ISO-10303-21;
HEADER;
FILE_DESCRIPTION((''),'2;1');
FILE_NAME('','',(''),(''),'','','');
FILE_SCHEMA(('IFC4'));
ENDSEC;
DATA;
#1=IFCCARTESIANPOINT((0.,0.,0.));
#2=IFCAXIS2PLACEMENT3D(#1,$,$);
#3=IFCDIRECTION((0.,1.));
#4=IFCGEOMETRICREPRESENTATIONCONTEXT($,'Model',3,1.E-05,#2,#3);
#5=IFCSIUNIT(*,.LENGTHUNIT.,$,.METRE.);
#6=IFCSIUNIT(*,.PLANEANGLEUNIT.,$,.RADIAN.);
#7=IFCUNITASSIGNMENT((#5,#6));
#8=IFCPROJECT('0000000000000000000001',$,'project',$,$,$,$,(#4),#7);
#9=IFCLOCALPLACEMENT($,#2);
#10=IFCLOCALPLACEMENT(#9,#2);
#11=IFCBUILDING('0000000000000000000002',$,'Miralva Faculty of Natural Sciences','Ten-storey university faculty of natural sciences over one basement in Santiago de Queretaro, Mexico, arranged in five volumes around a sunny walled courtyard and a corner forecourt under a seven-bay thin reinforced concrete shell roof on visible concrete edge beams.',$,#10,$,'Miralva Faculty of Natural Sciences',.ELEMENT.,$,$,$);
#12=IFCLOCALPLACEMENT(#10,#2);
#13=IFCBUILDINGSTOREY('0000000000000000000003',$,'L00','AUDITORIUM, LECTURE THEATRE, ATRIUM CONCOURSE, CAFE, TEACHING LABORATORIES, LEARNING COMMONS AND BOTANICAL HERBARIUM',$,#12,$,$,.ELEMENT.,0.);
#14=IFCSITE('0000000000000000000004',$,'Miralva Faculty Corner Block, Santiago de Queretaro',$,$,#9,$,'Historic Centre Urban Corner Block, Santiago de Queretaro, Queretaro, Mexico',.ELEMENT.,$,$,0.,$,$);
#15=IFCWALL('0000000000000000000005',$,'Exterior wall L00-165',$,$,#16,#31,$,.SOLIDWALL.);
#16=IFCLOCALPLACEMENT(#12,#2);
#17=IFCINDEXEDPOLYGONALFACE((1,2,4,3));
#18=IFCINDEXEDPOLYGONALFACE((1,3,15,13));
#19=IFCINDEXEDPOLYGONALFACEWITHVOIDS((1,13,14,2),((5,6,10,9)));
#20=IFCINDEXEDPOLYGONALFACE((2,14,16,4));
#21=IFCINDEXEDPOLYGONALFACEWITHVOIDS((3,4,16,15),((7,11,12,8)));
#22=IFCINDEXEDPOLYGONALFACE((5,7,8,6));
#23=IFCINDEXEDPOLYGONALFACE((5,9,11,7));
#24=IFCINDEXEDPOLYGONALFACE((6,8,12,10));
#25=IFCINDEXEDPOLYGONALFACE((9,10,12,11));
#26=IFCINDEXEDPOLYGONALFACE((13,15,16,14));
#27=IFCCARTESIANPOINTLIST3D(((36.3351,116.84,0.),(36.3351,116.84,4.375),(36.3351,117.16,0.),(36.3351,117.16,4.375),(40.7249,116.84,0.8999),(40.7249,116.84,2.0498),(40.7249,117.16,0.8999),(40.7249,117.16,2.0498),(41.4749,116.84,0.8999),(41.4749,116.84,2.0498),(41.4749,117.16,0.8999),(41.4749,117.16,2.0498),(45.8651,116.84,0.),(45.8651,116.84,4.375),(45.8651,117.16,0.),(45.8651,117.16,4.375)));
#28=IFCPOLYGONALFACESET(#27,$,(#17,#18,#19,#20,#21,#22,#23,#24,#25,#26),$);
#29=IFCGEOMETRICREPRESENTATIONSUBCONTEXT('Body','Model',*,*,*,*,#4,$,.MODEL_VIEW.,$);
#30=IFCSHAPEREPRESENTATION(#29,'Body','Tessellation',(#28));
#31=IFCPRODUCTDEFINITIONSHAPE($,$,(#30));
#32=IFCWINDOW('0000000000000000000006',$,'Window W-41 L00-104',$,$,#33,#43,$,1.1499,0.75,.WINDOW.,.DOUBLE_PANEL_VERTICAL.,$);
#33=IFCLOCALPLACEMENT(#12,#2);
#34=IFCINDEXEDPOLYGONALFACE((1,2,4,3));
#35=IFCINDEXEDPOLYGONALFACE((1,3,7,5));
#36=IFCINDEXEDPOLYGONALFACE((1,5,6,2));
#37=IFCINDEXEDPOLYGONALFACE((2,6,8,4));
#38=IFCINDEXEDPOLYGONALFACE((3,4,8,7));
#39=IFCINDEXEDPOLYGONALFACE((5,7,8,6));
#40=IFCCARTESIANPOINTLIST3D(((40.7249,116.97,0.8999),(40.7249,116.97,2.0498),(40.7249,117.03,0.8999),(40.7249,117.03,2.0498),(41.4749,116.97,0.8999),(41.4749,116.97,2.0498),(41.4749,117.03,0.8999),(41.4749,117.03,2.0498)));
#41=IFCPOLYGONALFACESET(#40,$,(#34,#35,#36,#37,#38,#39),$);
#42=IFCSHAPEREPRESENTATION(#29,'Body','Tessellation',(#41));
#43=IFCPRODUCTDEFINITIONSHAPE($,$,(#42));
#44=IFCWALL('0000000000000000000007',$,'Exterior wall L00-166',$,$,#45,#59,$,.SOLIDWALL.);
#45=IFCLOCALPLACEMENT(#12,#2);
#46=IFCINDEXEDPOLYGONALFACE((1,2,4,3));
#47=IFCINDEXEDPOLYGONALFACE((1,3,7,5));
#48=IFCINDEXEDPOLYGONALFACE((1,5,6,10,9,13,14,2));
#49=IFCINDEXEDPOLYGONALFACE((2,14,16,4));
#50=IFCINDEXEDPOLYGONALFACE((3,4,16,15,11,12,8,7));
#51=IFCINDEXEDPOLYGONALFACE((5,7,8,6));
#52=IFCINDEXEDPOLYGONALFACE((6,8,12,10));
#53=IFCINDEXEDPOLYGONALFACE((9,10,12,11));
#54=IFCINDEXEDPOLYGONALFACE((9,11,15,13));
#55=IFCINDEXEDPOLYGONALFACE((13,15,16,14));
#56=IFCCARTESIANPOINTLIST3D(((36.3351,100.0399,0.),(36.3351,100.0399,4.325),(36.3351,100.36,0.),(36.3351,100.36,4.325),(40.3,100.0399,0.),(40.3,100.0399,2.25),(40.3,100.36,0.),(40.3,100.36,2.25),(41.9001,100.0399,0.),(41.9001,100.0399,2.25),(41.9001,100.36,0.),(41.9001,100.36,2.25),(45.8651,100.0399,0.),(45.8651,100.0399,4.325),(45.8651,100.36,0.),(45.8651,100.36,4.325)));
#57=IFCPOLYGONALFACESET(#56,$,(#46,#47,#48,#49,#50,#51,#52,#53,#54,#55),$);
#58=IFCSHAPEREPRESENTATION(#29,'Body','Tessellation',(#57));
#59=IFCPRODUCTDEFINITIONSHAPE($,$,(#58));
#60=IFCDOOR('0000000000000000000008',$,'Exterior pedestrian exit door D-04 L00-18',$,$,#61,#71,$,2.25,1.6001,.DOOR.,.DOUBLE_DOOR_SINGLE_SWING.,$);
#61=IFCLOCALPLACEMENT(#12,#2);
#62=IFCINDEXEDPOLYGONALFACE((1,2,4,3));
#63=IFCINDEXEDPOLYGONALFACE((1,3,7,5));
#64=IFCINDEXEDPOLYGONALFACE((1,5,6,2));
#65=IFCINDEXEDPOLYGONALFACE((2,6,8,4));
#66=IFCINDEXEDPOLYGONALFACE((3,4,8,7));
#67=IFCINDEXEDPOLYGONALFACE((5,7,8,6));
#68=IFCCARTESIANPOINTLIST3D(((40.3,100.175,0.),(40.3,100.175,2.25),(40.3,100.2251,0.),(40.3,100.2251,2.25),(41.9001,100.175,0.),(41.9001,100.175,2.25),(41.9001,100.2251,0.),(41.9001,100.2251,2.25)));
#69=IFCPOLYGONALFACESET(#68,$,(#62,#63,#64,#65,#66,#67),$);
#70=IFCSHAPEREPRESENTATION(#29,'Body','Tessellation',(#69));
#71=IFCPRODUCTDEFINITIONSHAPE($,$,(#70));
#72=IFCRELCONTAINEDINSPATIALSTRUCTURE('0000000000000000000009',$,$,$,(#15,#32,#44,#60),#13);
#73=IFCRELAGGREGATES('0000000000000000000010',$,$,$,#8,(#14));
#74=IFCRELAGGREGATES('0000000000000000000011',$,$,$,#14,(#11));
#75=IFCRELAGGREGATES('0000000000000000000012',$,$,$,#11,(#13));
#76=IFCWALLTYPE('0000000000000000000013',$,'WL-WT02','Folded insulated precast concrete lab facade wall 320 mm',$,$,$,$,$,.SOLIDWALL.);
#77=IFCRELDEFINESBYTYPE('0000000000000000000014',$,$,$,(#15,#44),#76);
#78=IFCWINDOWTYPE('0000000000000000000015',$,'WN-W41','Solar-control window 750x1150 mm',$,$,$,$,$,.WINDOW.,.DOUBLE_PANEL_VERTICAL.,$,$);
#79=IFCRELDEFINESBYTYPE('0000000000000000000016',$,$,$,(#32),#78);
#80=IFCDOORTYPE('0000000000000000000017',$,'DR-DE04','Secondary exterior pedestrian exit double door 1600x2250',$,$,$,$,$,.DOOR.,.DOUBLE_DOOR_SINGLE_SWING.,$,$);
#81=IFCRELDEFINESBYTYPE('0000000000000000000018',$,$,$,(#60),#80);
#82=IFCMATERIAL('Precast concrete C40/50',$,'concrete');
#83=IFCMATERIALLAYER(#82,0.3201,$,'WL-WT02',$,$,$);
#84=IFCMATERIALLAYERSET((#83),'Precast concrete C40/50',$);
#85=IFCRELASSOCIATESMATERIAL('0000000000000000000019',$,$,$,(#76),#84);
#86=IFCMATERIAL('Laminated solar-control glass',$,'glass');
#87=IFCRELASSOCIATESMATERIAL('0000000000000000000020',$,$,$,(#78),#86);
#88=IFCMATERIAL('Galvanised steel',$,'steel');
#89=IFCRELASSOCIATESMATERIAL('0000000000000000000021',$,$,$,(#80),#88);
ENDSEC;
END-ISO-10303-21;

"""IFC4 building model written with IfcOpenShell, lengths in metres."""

from ifc_helpers import new_model, si_unit, direction, frame, frame_2d, origin, place, context, subcontext, project, spatial, rectangle, extrude, material, layer, layer_set, type_object, element, fill, save


model = new_model("IFC4")

# Units and contexts
model_context = context("Model", 3, precision=1e-05, world=origin(), true_north=direction((0.0, 1.0)))
body_context = subcontext(model_context, "Body", "Model", "MODEL_VIEW")
ifc_project = project(units=[si_unit("LENGTHUNIT", "METRE"), si_unit("PLANEANGLEUNIT", "RADIAN")], contexts=[model_context])

# Site, building, storey
site_placement = place(None, origin())
site = spatial("IfcSite", under=ifc_project, at=site_placement, Name="Miralva Faculty Corner Block, Santiago de Queretaro", LongName="Historic Centre Urban Corner Block, Santiago de Queretaro, Queretaro, Mexico", CompositionType="ELEMENT", RefElevation=0.0)
building_placement = place(site_placement, origin())
building = spatial("IfcBuilding", under=site, at=building_placement, Name="Miralva Faculty of Natural Sciences", Description="Ten-storey university faculty of natural sciences over one basement in Santiago de Queretaro, Mexico, arranged in five volumes around a sunny walled courtyard and a corner forecourt under a seven-bay thin reinforced concrete shell roof on visible concrete edge beams.", LongName="Miralva Faculty of Natural Sciences", CompositionType="ELEMENT")
storey_placement = place(building_placement, origin())
storey = spatial("IfcBuildingStorey", under=building, at=storey_placement, Name="L00", Description="AUDITORIUM, LECTURE THEATRE, ATRIUM CONCOURSE, CAFE, TEACHING LABORATORIES, LEARNING COMMONS AND BOTANICAL HERBARIUM", CompositionType="ELEMENT", Elevation=0.0)

# Wall, opening, window
ifc_material_1 = material(Name="Precast concrete C40/50", Category="concrete")
ifc_layer = layer(ifc_material_1, 0.3201, Name="WL-WT02")
ifc_layer_set = layer_set([ifc_layer], Name="Precast concrete C40/50")
wall_type = type_object("IfcWallType", Name="WL-WT02", Description="Folded insulated precast concrete lab facade wall 320 mm", PredefinedType="SOLIDWALL", material=ifc_layer_set)
wall_1_placement = place(storey_placement, frame((36.335, 117.0, 0.0), z_axis=(0.0, 0.0, 1.0), x_axis=(1.0, 0.0, 0.0)))
wall_1 = element("IfcWall", 1, at=wall_1_placement, inside=storey, type_object=wall_type, Name="Exterior wall L00-165", PredefinedType="SOLIDWALL", context=body_context, shape_type="SweptSolid", body=[
    extrude(rectangle(XDim=9.53, YDim=0.3201, at=frame_2d((4.7651, 0.0))), origin(), (0.0, 0.0, 1.0), 4.375),
])
opening_1_placement = place(wall_1_placement, frame((4.3899, 0.0, 0.8999)))
opening_1 = element("IfcOpeningElement", 2, at=opening_1_placement, cuts=wall_1, PredefinedType="OPENING", context=body_context, shape_type="SweptSolid", body=[
    extrude(rectangle(XDim=0.75, YDim=1.1499, at=frame_2d((0.375, 0.575))), frame((0.0, 0.1699, 0.0), z_axis=(0.0, -1.0, 0.0), x_axis=(1.0, 0.0, 0.0)), (0.0, 0.0, 1.0), 0.3401),
])
ifc_material_2 = material(Name="Laminated solar-control glass", Category="glass")
window_type = type_object("IfcWindowType", Name="WN-W41", Description="Solar-control window 750x1150 mm", PartitioningType="DOUBLE_PANEL_VERTICAL", PredefinedType="WINDOW", material=ifc_material_2)
window_placement = place(opening_1_placement, origin())
window = element("IfcWindow", 3, at=window_placement, inside=storey, type_object=window_type, Name="Window W-41 L00-104", OverallHeight=1.1499, OverallWidth=0.75, PartitioningType="DOUBLE_PANEL_VERTICAL", PredefinedType="WINDOW", context=body_context, shape_type="SweptSolid", body=[
    extrude(rectangle(XDim=0.75, YDim=1.1499, at=frame_2d((0.375, 0.575))), frame((0.0, 0.03, 0.0), z_axis=(0.0, -1.0, 0.0), x_axis=(1.0, 0.0, 0.0)), (0.0, 0.0, 1.0), 0.0601),
])
fill(opening_1, window)

# Wall, opening, door
wall_2_placement = place(storey_placement, frame((36.335, 100.2, 0.0), z_axis=(0.0, 0.0, 1.0), x_axis=(1.0, 0.0, 0.0)))
wall_2 = element("IfcWall", 4, at=wall_2_placement, inside=storey, type_object=wall_type, Name="Exterior wall L00-166", PredefinedType="SOLIDWALL", context=body_context, shape_type="SweptSolid", body=[
    extrude(rectangle(XDim=9.53, YDim=0.3201, at=frame_2d((4.7651, 0.0))), origin(), (0.0, 0.0, 1.0), 4.325),
])
opening_2_placement = place(wall_2_placement, frame((3.9651, 0.0, 0.0)))
opening_2 = element("IfcOpeningElement", 5, at=opening_2_placement, cuts=wall_2, PredefinedType="OPENING", context=body_context, shape_type="SweptSolid", body=[
    extrude(rectangle(XDim=1.6001, YDim=2.25, at=frame_2d((0.8, 1.125))), frame((0.0, 0.1699, 0.0), z_axis=(0.0, -1.0, 0.0), x_axis=(1.0, 0.0, 0.0)), (0.0, 0.0, 1.0), 0.3401),
])
ifc_material_3 = material(Name="Galvanised steel", Category="steel")
door_type = type_object("IfcDoorType", Name="DR-DE04", Description="Secondary exterior pedestrian exit double door 1600x2250", OperationType="DOUBLE_DOOR_SINGLE_SWING", PredefinedType="DOOR", material=ifc_material_3)
door_placement = place(opening_2_placement, frame((1.6001, 0.0, 0.0), z_axis=(0.0, 0.0, 1.0), x_axis=(-1.0, 0.0, 0.0)))
door = element("IfcDoor", 6, at=door_placement, inside=storey, type_object=door_type, Name="Exterior pedestrian exit door D-04 L00-18", OperationType="DOUBLE_DOOR_SINGLE_SWING", OverallHeight=2.25, OverallWidth=1.6001, PredefinedType="DOOR", context=body_context, shape_type="SweptSolid", body=[
    extrude(rectangle(XDim=1.6001, YDim=2.25, at=frame_2d((0.8, 1.125))), frame((0.0, 0.0249, 0.0), z_axis=(0.0, -1.0, 0.0), x_axis=(1.0, 0.0, 0.0)), (0.0, 0.0, 1.0), 0.05),
])
fill(opening_2, door)

save(model, "model.ifc")
